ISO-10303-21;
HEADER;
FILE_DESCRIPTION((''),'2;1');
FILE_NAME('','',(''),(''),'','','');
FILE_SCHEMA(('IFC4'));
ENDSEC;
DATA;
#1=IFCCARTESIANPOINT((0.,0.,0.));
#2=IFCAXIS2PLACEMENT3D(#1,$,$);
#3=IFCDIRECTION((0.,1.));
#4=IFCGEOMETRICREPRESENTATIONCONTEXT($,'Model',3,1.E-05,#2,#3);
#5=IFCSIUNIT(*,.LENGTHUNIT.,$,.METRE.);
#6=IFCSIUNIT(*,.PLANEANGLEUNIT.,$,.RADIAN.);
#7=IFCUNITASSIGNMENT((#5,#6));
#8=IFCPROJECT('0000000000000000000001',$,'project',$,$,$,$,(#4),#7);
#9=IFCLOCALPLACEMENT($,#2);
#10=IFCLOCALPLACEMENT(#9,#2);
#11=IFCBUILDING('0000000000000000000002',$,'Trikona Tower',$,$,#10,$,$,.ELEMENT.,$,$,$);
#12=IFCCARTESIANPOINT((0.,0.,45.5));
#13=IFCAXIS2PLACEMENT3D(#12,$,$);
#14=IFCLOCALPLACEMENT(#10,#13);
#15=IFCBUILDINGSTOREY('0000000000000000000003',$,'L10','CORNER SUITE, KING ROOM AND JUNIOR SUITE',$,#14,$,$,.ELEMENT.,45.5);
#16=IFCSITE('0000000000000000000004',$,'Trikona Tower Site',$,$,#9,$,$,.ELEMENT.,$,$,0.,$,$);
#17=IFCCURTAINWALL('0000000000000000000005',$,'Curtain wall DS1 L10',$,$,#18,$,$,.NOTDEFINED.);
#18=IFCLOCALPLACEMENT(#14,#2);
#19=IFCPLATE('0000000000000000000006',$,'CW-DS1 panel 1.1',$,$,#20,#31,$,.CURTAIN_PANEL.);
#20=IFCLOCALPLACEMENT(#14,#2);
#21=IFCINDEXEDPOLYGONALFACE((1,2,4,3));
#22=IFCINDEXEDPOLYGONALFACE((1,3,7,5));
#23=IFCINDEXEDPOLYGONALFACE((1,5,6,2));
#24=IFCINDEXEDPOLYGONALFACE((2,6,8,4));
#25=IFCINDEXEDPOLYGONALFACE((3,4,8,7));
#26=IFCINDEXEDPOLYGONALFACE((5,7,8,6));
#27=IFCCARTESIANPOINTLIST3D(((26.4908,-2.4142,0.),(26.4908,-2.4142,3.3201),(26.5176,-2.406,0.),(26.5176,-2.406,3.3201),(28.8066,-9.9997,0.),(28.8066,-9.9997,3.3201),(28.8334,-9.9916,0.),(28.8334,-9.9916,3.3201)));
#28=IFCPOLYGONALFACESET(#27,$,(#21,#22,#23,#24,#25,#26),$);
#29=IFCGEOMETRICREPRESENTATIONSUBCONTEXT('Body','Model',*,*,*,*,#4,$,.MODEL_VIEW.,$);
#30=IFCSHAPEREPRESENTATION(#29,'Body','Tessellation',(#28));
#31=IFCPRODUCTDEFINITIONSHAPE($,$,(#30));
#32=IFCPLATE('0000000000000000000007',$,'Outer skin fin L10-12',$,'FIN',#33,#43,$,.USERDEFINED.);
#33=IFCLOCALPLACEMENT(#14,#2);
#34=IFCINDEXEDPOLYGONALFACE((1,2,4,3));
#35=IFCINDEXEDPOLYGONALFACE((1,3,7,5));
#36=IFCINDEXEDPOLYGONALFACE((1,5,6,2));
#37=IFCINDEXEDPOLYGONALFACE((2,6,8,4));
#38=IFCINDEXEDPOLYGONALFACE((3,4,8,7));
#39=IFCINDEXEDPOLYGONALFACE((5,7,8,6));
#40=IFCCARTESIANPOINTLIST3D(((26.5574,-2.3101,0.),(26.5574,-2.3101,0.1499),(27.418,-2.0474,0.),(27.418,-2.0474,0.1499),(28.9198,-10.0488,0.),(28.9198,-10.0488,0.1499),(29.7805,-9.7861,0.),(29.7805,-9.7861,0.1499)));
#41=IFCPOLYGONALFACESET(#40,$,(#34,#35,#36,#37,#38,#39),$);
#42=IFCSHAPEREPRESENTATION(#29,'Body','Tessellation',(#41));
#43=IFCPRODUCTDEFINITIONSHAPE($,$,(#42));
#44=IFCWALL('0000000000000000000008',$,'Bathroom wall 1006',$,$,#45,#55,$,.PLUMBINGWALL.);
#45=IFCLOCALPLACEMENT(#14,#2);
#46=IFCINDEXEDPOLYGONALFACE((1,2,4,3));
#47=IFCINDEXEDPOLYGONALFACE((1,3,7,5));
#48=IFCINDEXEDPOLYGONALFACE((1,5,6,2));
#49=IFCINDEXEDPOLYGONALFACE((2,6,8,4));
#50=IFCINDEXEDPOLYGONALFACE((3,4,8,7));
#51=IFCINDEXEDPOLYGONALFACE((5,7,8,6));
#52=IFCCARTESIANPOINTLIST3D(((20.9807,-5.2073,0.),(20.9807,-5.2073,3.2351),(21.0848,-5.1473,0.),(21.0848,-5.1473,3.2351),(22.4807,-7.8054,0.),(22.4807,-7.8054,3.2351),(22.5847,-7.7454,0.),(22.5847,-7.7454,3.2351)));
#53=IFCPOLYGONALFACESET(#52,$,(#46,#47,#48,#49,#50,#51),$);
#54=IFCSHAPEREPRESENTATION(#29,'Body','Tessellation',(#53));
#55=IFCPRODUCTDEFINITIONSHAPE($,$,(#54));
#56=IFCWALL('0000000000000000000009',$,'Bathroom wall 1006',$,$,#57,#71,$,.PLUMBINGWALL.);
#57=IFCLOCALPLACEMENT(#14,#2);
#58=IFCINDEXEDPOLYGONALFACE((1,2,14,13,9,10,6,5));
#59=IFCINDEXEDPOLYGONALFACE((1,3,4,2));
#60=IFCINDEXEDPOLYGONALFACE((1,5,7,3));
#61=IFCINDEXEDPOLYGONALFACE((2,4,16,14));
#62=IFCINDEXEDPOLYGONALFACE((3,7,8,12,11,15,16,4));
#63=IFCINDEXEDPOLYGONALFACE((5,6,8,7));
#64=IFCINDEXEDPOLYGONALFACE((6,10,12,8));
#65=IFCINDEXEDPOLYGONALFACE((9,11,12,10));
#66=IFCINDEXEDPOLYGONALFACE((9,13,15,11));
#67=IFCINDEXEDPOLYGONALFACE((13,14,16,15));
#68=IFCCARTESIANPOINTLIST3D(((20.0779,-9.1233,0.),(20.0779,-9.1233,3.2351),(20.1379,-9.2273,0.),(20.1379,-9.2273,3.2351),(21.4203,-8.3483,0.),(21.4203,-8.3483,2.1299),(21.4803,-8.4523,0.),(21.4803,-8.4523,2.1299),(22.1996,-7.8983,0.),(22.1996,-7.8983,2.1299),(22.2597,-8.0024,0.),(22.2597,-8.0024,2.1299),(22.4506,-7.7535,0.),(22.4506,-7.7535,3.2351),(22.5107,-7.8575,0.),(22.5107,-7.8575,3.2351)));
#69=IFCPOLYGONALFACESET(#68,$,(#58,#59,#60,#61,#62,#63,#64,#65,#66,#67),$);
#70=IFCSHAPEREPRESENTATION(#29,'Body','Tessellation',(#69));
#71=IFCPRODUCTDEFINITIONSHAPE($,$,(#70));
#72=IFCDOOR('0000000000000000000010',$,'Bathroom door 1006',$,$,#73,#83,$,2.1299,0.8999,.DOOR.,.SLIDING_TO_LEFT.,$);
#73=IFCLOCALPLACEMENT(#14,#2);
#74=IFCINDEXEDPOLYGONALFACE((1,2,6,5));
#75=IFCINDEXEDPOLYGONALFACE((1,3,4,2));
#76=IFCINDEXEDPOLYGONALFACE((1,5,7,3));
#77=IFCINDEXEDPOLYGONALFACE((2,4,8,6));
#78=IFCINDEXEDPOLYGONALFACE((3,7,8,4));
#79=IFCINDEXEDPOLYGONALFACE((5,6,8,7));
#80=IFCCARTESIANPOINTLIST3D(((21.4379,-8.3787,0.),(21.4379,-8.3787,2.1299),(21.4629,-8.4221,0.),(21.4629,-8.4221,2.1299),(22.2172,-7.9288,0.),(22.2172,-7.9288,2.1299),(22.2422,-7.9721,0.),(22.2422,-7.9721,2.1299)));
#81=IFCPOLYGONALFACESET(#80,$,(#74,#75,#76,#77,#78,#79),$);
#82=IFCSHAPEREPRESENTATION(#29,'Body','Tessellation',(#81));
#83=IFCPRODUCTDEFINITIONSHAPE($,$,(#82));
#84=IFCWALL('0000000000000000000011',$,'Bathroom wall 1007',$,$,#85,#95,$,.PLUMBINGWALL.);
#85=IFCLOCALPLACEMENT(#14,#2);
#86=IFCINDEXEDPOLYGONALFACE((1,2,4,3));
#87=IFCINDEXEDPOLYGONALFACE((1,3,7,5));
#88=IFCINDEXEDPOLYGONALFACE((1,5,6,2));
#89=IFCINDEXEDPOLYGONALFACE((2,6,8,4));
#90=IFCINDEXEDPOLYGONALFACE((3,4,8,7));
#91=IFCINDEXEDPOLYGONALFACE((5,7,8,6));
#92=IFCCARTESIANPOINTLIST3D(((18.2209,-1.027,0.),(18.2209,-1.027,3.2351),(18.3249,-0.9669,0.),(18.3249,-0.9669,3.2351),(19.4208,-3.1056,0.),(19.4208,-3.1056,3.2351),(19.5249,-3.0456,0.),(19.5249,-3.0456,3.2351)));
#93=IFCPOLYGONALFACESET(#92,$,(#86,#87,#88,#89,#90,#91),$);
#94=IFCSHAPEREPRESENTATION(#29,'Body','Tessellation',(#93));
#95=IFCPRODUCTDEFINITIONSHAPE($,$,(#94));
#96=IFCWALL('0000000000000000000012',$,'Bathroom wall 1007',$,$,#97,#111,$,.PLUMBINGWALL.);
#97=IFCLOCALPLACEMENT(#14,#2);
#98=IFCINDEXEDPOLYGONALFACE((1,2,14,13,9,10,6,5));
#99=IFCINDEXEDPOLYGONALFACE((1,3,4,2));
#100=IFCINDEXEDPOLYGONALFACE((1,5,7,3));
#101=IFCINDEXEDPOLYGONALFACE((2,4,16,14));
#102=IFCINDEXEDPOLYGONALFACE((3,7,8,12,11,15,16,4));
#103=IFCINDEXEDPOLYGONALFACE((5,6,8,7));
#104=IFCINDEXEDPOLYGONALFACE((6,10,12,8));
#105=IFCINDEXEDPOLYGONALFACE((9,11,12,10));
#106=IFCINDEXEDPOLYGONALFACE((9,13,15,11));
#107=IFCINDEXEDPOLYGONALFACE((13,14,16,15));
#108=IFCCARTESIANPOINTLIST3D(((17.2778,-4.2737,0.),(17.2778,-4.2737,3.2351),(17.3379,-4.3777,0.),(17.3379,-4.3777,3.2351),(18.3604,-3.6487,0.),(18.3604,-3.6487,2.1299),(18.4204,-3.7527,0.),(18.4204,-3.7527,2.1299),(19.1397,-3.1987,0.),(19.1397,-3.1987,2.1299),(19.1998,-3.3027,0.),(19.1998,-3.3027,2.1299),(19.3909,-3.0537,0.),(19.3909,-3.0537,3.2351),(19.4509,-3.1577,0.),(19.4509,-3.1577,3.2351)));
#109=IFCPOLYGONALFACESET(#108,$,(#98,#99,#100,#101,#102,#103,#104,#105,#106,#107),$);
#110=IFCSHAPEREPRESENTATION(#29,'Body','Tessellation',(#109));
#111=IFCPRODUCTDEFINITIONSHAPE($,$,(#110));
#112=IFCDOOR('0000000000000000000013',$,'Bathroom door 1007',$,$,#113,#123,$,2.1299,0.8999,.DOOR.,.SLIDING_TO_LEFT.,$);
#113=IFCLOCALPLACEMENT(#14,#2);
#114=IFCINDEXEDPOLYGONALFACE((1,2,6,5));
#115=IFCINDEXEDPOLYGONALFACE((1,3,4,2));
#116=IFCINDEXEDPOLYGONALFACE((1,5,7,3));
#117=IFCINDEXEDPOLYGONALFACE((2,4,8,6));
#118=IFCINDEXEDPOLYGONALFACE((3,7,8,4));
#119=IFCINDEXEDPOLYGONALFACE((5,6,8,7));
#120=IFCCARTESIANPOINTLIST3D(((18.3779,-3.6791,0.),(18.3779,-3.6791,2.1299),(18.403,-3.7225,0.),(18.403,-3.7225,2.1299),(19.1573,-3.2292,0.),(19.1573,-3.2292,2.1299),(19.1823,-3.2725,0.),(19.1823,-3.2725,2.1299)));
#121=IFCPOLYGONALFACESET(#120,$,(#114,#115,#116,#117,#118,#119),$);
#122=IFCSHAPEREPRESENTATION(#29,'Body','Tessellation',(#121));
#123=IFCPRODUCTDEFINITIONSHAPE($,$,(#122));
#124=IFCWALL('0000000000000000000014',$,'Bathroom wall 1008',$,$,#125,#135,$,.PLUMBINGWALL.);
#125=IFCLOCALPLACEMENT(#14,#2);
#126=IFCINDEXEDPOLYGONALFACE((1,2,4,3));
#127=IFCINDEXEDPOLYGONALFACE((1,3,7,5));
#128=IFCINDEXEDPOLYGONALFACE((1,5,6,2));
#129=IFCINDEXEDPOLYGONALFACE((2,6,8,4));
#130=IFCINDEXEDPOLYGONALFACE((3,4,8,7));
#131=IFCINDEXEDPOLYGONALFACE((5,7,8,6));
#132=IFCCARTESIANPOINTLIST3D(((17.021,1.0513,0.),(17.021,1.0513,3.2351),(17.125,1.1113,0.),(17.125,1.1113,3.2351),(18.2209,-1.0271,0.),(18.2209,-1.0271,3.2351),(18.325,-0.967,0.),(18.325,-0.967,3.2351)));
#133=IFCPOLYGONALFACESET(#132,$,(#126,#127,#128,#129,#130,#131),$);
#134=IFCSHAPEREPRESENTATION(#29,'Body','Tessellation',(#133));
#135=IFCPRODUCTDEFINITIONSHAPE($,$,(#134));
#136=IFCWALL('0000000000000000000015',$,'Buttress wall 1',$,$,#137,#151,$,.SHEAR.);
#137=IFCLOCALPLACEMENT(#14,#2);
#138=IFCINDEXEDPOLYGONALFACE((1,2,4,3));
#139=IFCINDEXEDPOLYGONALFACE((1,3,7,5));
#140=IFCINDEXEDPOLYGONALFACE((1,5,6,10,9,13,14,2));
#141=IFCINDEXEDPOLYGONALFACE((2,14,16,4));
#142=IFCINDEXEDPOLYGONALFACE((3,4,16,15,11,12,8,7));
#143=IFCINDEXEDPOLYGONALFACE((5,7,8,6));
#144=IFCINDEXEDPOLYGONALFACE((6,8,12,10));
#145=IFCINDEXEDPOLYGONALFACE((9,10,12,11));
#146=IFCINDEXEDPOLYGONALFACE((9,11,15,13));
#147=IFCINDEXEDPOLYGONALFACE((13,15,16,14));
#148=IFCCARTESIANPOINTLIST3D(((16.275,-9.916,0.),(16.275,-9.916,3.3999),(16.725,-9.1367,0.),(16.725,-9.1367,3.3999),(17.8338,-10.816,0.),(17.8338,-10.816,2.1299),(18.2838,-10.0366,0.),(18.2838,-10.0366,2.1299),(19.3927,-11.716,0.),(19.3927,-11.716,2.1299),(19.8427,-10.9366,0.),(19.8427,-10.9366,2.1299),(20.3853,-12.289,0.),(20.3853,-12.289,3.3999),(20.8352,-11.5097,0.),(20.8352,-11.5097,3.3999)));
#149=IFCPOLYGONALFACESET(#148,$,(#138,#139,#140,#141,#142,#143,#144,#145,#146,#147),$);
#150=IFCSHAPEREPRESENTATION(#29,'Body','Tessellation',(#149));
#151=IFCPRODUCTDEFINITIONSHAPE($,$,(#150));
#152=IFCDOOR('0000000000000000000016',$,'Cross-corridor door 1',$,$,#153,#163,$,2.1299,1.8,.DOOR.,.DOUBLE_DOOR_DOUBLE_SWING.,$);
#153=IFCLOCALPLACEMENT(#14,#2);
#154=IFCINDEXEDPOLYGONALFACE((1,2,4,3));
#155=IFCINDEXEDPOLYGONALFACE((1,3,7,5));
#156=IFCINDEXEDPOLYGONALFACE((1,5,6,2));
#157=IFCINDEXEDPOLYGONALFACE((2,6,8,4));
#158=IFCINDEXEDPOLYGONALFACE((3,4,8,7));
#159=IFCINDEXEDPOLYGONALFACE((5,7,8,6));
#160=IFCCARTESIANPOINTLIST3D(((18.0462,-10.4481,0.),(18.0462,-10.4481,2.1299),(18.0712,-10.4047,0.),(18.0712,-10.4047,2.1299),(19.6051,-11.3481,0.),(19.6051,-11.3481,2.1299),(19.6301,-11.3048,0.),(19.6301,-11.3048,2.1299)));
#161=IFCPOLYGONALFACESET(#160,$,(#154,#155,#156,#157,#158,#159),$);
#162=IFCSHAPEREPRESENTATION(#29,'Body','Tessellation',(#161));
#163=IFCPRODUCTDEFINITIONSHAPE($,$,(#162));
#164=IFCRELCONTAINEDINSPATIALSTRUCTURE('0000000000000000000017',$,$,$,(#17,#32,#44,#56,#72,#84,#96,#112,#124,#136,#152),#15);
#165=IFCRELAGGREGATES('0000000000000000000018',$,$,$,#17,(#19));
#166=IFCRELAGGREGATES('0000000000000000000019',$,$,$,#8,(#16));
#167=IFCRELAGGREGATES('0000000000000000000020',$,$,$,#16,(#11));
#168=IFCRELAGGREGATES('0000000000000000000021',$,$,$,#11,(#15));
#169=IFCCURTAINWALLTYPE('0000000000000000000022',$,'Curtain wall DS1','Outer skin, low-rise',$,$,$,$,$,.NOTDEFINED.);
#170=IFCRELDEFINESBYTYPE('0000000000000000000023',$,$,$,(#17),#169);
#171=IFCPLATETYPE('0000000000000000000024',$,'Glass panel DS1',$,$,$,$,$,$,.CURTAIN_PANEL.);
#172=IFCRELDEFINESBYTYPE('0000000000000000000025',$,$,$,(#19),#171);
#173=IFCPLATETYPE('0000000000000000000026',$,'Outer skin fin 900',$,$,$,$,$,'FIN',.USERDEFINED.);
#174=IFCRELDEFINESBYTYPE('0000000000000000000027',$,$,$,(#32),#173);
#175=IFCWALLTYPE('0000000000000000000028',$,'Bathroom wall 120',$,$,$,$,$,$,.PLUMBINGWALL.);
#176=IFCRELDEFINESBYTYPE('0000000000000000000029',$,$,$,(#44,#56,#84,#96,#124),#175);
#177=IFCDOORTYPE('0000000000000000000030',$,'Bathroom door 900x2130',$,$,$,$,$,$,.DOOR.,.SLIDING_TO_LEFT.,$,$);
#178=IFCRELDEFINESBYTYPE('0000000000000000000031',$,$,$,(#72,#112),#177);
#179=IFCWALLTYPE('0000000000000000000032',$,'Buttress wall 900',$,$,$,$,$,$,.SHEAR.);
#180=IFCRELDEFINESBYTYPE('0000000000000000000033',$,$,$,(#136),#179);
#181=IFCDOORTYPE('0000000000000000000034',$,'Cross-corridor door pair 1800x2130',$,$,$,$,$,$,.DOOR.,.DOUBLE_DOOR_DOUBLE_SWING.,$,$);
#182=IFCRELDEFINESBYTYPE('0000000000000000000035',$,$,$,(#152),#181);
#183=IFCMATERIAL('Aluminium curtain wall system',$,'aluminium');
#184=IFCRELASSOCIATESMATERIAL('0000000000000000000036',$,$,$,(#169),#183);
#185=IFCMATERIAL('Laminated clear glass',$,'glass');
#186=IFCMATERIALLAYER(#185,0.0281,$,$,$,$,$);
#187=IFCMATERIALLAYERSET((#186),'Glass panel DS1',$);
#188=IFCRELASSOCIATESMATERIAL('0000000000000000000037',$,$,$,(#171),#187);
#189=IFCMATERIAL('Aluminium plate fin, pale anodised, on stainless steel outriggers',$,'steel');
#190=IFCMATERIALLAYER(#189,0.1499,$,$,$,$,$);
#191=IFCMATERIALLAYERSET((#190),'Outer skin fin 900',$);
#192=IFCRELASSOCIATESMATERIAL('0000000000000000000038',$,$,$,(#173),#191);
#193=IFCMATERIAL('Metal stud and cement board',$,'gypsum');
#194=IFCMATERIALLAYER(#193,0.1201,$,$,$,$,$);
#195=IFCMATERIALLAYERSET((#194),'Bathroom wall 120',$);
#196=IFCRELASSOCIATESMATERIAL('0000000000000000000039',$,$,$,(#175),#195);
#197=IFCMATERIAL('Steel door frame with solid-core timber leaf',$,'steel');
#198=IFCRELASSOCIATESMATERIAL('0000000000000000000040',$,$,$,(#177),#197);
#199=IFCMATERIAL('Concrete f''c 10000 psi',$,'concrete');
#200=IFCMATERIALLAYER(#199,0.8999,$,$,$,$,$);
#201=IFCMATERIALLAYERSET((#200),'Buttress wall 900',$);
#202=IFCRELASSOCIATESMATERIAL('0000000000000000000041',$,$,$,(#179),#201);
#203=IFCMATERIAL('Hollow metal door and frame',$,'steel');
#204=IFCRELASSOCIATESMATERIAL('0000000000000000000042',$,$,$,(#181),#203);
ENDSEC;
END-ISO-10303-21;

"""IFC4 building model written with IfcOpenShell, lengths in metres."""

from ifc_helpers import new_model, si_unit, direction, frame, frame_2d, origin, origin_2d, place, context, subcontext, project, spatial, rectangle, extrude, material, layer, layer_set, type_object, element, fill, aggregate, save


model = new_model("IFC4")

# Units and contexts
model_context = context("Model", 3, precision=1e-05, world=origin(), true_north=direction((0.0, 1.0)))
body_context = subcontext(model_context, "Body", "Model", "MODEL_VIEW")
ifc_project = project(units=[si_unit("LENGTHUNIT", "METRE"), si_unit("PLANEANGLEUNIT", "RADIAN")], contexts=[model_context])

# Site, building, storey
site_placement = place(None, origin())
site = spatial("IfcSite", under=ifc_project, at=site_placement, Name="Trikona Tower Site", CompositionType="ELEMENT", RefElevation=0.0)
building_placement = place(site_placement, origin())
building = spatial("IfcBuilding", under=site, at=building_placement, Name="Trikona Tower", CompositionType="ELEMENT")
storey_placement = place(building_placement, frame((0.0, 0.0, 45.5)))
storey = spatial("IfcBuildingStorey", under=building, at=storey_placement, Name="L10", Description="CORNER SUITE, KING ROOM AND JUNIOR SUITE", CompositionType="ELEMENT", Elevation=45.5)

# Curtain wall
ifc_material_1 = material(Name="Aluminium curtain wall system", Category="aluminium")
curtain_wall_type = type_object("IfcCurtainWallType", Name="Curtain wall DS1", Description="Outer skin, low-rise", PredefinedType="NOTDEFINED", material=ifc_material_1)
curtain_wall_1_placement = place(storey_placement, origin())
curtain_wall_1 = element("IfcCurtainWall", 1, at=curtain_wall_1_placement, inside=storey, type_object=curtain_wall_type, Name="Curtain wall DS1 L10", PredefinedType="NOTDEFINED")

# Plates
ifc_material_2 = material(Name="Laminated clear glass", Category="glass")
ifc_layer_1 = layer(ifc_material_2, 0.0281)
ifc_layer_set_1 = layer_set([ifc_layer_1], Name="Glass panel DS1")
plate_type_1 = type_object("IfcPlateType", Name="Glass panel DS1", PredefinedType="CURTAIN_PANEL", material=ifc_layer_set_1)
plate_1_placement = place(storey_placement, frame((27.6621, -6.2029, 0.0), z_axis=(0.0, 0.0, 1.0), x_axis=(-0.291984, 0.956423, 0.0)))
plate_1 = element("IfcPlate", 2, at=plate_1_placement, type_object=plate_type_1, Name="CW-DS1 panel 1.1", PredefinedType="CURTAIN_PANEL", context=body_context, shape_type="SweptSolid", body=[
    extrude(rectangle(XDim=7.9312, YDim=0.0281, at=origin_2d()), origin(), (0.0, 0.0, 1.0), 3.3201),
])
aggregate(curtain_wall_1, [plate_1])
ifc_material_3 = material(Name="Aluminium plate fin, pale anodised, on stainless steel outriggers", Category="steel")
ifc_layer_2 = layer(ifc_material_3, 0.1499)
ifc_layer_set_2 = layer_set([ifc_layer_2], Name="Outer skin fin 900")
plate_type_2 = type_object("IfcPlateType", Name="Outer skin fin 900", ElementType="FIN", PredefinedType="USERDEFINED", material=ifc_layer_set_2)
plate_2_placement = place(storey_placement, frame((28.1689, -6.0481, 0.0), z_axis=(0.0, 0.0, 1.0), x_axis=(-0.291979, 0.956425, 0.0)))
element("IfcPlate", 3, at=plate_2_placement, inside=storey, type_object=plate_type_2, Name="Outer skin fin L10-12", ObjectType="FIN", PredefinedType="USERDEFINED", context=body_context, shape_type="SweptSolid", body=[
    extrude(rectangle(XDim=8.0913, YDim=0.8999, at=origin_2d()), origin(), (0.0, 0.0, 1.0), 0.1499),
])

# Wall
ifc_material_4 = material(Name="Metal stud and cement board", Category="gypsum")
ifc_layer_3 = layer(ifc_material_4, 0.1201)
ifc_layer_set_3 = layer_set([ifc_layer_3], Name="Bathroom wall 120")
wall_type_1 = type_object("IfcWallType", Name="Bathroom wall 120", PredefinedType="PLUMBINGWALL", material=ifc_layer_set_3)
wall_1_placement = place(storey_placement, frame((22.5327, -7.7754, 0.0), z_axis=(0.0, 0.0, 1.0), x_axis=(-0.49999, 0.866031, 0.0)))
element("IfcWall", 4, at=wall_1_placement, inside=storey, type_object=wall_type_1, Name="Bathroom wall 1006", PredefinedType="PLUMBINGWALL", context=body_context, shape_type="SweptSolid", body=[
    extrude(rectangle(XDim=3.0, YDim=0.1201, at=frame_2d((1.5, 0.0))), origin(), (0.0, 0.0, 1.0), 3.2351),
])

# Wall, opening, door
wall_2_placement = place(storey_placement, frame((20.1079, -9.1753, 0.0), z_axis=(0.0, 0.0, 1.0), x_axis=(0.866036, 0.499982, 0.0)))
wall_2 = element("IfcWall", 5, at=wall_2_placement, inside=storey, type_object=wall_type_1, Name="Bathroom wall 1006", PredefinedType="PLUMBINGWALL", context=body_context, shape_type="SweptSolid", body=[
    extrude(rectangle(XDim=2.7397, YDim=0.1201, at=frame_2d((1.3699, 0.0))), origin(), (0.0, 0.0, 1.0), 3.2351),
])
opening_1_placement = place(wall_2_placement, frame((1.55, 0.0, 0.0)))
opening_1 = element("IfcOpeningElement", 6, at=opening_1_placement, cuts=wall_2, PredefinedType="OPENING", context=body_context, shape_type="SweptSolid", body=[
    extrude(rectangle(XDim=0.8999, YDim=2.1299, at=frame_2d((0.45, 1.0649))), frame((0.0, 0.0701, 0.0), z_axis=(0.0, -1.0, 0.0), x_axis=(1.0, 0.0, 0.0)), (0.0, 0.0, 1.0), 0.1401),
])
ifc_material_5 = material(Name="Steel door frame with solid-core timber leaf", Category="steel")
door_type_1 = type_object("IfcDoorType", Name="Bathroom door 900x2130", OperationType="SLIDING_TO_LEFT", PredefinedType="DOOR", material=ifc_material_5)
door_1_placement = place(opening_1_placement, origin())
door_1 = element("IfcDoor", 7, at=door_1_placement, inside=storey, type_object=door_type_1, Name="Bathroom door 1006", OperationType="SLIDING_TO_LEFT", OverallHeight=2.1299, OverallWidth=0.8999, PredefinedType="DOOR", context=body_context, shape_type="SweptSolid", body=[
    extrude(rectangle(XDim=0.8999, YDim=2.1299, at=frame_2d((0.45, 1.0649))), frame((0.0, 0.0249, 0.0), z_axis=(0.0, -1.0, 0.0), x_axis=(1.0, 0.0, 0.0)), (0.0, 0.0, 1.0), 0.05),
])
fill(opening_1, door_1)

# Wall
wall_3_placement = place(storey_placement, frame((19.4729, -3.0757, 0.0), z_axis=(0.0, 0.0, 1.0), x_axis=(-0.499957, 0.86605, 0.0)))
element("IfcWall", 8, at=wall_3_placement, inside=storey, type_object=wall_type_1, Name="Bathroom wall 1007", PredefinedType="PLUMBINGWALL", context=body_context, shape_type="SweptSolid", body=[
    extrude(rectangle(XDim=2.4001, YDim=0.1201, at=frame_2d((1.2002, 0.0))), origin(), (0.0, 0.0, 1.0), 3.2351),
])

# Wall, opening, door
wall_4_placement = place(storey_placement, frame((17.3079, -4.3257, 0.0), z_axis=(0.0, 0.0, 1.0), x_axis=(0.866024, 0.500003, 0.0)))
wall_4 = element("IfcWall", 9, at=wall_4_placement, inside=storey, type_object=wall_type_1, Name="Bathroom wall 1007", PredefinedType="PLUMBINGWALL", context=body_context, shape_type="SweptSolid", body=[
    extrude(rectangle(XDim=2.4399, YDim=0.1201, at=frame_2d((1.22, 0.0))), origin(), (0.0, 0.0, 1.0), 3.2351),
])
opening_2_placement = place(wall_4_placement, frame((1.25, 0.0, 0.0)))
opening_2 = element("IfcOpeningElement", 10, at=opening_2_placement, cuts=wall_4, PredefinedType="OPENING", context=body_context, shape_type="SweptSolid", body=[
    extrude(rectangle(XDim=0.8999, YDim=2.1299, at=frame_2d((0.45, 1.0649))), frame((0.0, 0.0701, 0.0), z_axis=(0.0, -1.0, 0.0), x_axis=(1.0, 0.0, 0.0)), (0.0, 0.0, 1.0), 0.1401),
])
door_2_placement = place(opening_2_placement, origin())
door_2 = element("IfcDoor", 11, at=door_2_placement, inside=storey, type_object=door_type_1, Name="Bathroom door 1007", OperationType="SLIDING_TO_LEFT", OverallHeight=2.1299, OverallWidth=0.8999, PredefinedType="DOOR", context=body_context, shape_type="SweptSolid", body=[
    extrude(rectangle(XDim=0.8999, YDim=2.1299, at=frame_2d((0.45, 1.0649))), frame((0.0, 0.0249, 0.0), z_axis=(0.0, -1.0, 0.0), x_axis=(1.0, 0.0, 0.0)), (0.0, 0.0, 1.0), 0.05),
])
fill(opening_2, door_2)

# Wall
wall_5_placement = place(storey_placement, frame((18.2729, -0.9971, 0.0), z_axis=(0.0, 0.0, 1.0), x_axis=(-0.500001, 0.866025, 0.0)))
element("IfcWall", 12, at=wall_5_placement, inside=storey, type_object=wall_type_1, Name="Bathroom wall 1008", PredefinedType="PLUMBINGWALL", context=body_context, shape_type="SweptSolid", body=[
    extrude(rectangle(XDim=2.3999, YDim=0.1201, at=frame_2d((1.2, 0.0))), origin(), (0.0, 0.0, 1.0), 3.2351),
])

# Wall, opening, door
ifc_material_6 = material(Name="Concrete f'c 10000 psi", Category="concrete")
ifc_layer_4 = layer(ifc_material_6, 0.8999)
ifc_layer_set_4 = layer_set([ifc_layer_4], Name="Buttress wall 900")
wall_type_2 = type_object("IfcWallType", Name="Buttress wall 900", PredefinedType="SHEAR", material=ifc_layer_set_4)
wall_6_placement = place(storey_placement, frame((16.5, -9.5264, 0.0), z_axis=(0.0, 0.0, 1.0), x_axis=(0.866031, -0.49999, 0.0)))
wall_6 = element("IfcWall", 13, at=wall_6_placement, inside=storey, type_object=wall_type_2, Name="Buttress wall 1", PredefinedType="SHEAR", context=body_context, shape_type="SweptSolid", body=[
    extrude(rectangle(XDim=4.7461, YDim=0.8999, at=frame_2d((2.373, 0.0))), origin(), (0.0, 0.0, 1.0), 3.3999),
])
opening_3_placement = place(wall_6_placement, frame((1.8, 0.0, 0.0)))
opening_3 = element("IfcOpeningElement", 14, at=opening_3_placement, cuts=wall_6, PredefinedType="OPENING", context=body_context, shape_type="SweptSolid", body=[
    extrude(rectangle(XDim=1.8, YDim=2.1299, at=frame_2d((0.8999, 1.0649))), frame((0.0, 0.46, 0.0), z_axis=(0.0, -1.0, 0.0), x_axis=(1.0, 0.0, 0.0)), (0.0, 0.0, 1.0), 0.9199),
])
ifc_material_7 = material(Name="Hollow metal door and frame", Category="steel")
door_type_2 = type_object("IfcDoorType", Name="Cross-corridor door pair 1800x2130", OperationType="DOUBLE_DOOR_DOUBLE_SWING", PredefinedType="DOOR", material=ifc_material_7)
door_3_placement = place(opening_3_placement, origin())
door_3 = element("IfcDoor", 15, at=door_3_placement, inside=storey, type_object=door_type_2, Name="Cross-corridor door 1", OperationType="DOUBLE_DOOR_DOUBLE_SWING", OverallHeight=2.1299, OverallWidth=1.8, PredefinedType="DOOR", context=body_context, shape_type="SweptSolid", body=[
    extrude(rectangle(XDim=1.8, YDim=2.1299, at=frame_2d((0.8999, 1.0649))), frame((0.0, 0.0249, 0.0), z_axis=(0.0, -1.0, 0.0), x_axis=(1.0, 0.0, 0.0)), (0.0, 0.0, 1.0), 0.05),
])
fill(opening_3, door_3)

save(model, "model.ifc")
